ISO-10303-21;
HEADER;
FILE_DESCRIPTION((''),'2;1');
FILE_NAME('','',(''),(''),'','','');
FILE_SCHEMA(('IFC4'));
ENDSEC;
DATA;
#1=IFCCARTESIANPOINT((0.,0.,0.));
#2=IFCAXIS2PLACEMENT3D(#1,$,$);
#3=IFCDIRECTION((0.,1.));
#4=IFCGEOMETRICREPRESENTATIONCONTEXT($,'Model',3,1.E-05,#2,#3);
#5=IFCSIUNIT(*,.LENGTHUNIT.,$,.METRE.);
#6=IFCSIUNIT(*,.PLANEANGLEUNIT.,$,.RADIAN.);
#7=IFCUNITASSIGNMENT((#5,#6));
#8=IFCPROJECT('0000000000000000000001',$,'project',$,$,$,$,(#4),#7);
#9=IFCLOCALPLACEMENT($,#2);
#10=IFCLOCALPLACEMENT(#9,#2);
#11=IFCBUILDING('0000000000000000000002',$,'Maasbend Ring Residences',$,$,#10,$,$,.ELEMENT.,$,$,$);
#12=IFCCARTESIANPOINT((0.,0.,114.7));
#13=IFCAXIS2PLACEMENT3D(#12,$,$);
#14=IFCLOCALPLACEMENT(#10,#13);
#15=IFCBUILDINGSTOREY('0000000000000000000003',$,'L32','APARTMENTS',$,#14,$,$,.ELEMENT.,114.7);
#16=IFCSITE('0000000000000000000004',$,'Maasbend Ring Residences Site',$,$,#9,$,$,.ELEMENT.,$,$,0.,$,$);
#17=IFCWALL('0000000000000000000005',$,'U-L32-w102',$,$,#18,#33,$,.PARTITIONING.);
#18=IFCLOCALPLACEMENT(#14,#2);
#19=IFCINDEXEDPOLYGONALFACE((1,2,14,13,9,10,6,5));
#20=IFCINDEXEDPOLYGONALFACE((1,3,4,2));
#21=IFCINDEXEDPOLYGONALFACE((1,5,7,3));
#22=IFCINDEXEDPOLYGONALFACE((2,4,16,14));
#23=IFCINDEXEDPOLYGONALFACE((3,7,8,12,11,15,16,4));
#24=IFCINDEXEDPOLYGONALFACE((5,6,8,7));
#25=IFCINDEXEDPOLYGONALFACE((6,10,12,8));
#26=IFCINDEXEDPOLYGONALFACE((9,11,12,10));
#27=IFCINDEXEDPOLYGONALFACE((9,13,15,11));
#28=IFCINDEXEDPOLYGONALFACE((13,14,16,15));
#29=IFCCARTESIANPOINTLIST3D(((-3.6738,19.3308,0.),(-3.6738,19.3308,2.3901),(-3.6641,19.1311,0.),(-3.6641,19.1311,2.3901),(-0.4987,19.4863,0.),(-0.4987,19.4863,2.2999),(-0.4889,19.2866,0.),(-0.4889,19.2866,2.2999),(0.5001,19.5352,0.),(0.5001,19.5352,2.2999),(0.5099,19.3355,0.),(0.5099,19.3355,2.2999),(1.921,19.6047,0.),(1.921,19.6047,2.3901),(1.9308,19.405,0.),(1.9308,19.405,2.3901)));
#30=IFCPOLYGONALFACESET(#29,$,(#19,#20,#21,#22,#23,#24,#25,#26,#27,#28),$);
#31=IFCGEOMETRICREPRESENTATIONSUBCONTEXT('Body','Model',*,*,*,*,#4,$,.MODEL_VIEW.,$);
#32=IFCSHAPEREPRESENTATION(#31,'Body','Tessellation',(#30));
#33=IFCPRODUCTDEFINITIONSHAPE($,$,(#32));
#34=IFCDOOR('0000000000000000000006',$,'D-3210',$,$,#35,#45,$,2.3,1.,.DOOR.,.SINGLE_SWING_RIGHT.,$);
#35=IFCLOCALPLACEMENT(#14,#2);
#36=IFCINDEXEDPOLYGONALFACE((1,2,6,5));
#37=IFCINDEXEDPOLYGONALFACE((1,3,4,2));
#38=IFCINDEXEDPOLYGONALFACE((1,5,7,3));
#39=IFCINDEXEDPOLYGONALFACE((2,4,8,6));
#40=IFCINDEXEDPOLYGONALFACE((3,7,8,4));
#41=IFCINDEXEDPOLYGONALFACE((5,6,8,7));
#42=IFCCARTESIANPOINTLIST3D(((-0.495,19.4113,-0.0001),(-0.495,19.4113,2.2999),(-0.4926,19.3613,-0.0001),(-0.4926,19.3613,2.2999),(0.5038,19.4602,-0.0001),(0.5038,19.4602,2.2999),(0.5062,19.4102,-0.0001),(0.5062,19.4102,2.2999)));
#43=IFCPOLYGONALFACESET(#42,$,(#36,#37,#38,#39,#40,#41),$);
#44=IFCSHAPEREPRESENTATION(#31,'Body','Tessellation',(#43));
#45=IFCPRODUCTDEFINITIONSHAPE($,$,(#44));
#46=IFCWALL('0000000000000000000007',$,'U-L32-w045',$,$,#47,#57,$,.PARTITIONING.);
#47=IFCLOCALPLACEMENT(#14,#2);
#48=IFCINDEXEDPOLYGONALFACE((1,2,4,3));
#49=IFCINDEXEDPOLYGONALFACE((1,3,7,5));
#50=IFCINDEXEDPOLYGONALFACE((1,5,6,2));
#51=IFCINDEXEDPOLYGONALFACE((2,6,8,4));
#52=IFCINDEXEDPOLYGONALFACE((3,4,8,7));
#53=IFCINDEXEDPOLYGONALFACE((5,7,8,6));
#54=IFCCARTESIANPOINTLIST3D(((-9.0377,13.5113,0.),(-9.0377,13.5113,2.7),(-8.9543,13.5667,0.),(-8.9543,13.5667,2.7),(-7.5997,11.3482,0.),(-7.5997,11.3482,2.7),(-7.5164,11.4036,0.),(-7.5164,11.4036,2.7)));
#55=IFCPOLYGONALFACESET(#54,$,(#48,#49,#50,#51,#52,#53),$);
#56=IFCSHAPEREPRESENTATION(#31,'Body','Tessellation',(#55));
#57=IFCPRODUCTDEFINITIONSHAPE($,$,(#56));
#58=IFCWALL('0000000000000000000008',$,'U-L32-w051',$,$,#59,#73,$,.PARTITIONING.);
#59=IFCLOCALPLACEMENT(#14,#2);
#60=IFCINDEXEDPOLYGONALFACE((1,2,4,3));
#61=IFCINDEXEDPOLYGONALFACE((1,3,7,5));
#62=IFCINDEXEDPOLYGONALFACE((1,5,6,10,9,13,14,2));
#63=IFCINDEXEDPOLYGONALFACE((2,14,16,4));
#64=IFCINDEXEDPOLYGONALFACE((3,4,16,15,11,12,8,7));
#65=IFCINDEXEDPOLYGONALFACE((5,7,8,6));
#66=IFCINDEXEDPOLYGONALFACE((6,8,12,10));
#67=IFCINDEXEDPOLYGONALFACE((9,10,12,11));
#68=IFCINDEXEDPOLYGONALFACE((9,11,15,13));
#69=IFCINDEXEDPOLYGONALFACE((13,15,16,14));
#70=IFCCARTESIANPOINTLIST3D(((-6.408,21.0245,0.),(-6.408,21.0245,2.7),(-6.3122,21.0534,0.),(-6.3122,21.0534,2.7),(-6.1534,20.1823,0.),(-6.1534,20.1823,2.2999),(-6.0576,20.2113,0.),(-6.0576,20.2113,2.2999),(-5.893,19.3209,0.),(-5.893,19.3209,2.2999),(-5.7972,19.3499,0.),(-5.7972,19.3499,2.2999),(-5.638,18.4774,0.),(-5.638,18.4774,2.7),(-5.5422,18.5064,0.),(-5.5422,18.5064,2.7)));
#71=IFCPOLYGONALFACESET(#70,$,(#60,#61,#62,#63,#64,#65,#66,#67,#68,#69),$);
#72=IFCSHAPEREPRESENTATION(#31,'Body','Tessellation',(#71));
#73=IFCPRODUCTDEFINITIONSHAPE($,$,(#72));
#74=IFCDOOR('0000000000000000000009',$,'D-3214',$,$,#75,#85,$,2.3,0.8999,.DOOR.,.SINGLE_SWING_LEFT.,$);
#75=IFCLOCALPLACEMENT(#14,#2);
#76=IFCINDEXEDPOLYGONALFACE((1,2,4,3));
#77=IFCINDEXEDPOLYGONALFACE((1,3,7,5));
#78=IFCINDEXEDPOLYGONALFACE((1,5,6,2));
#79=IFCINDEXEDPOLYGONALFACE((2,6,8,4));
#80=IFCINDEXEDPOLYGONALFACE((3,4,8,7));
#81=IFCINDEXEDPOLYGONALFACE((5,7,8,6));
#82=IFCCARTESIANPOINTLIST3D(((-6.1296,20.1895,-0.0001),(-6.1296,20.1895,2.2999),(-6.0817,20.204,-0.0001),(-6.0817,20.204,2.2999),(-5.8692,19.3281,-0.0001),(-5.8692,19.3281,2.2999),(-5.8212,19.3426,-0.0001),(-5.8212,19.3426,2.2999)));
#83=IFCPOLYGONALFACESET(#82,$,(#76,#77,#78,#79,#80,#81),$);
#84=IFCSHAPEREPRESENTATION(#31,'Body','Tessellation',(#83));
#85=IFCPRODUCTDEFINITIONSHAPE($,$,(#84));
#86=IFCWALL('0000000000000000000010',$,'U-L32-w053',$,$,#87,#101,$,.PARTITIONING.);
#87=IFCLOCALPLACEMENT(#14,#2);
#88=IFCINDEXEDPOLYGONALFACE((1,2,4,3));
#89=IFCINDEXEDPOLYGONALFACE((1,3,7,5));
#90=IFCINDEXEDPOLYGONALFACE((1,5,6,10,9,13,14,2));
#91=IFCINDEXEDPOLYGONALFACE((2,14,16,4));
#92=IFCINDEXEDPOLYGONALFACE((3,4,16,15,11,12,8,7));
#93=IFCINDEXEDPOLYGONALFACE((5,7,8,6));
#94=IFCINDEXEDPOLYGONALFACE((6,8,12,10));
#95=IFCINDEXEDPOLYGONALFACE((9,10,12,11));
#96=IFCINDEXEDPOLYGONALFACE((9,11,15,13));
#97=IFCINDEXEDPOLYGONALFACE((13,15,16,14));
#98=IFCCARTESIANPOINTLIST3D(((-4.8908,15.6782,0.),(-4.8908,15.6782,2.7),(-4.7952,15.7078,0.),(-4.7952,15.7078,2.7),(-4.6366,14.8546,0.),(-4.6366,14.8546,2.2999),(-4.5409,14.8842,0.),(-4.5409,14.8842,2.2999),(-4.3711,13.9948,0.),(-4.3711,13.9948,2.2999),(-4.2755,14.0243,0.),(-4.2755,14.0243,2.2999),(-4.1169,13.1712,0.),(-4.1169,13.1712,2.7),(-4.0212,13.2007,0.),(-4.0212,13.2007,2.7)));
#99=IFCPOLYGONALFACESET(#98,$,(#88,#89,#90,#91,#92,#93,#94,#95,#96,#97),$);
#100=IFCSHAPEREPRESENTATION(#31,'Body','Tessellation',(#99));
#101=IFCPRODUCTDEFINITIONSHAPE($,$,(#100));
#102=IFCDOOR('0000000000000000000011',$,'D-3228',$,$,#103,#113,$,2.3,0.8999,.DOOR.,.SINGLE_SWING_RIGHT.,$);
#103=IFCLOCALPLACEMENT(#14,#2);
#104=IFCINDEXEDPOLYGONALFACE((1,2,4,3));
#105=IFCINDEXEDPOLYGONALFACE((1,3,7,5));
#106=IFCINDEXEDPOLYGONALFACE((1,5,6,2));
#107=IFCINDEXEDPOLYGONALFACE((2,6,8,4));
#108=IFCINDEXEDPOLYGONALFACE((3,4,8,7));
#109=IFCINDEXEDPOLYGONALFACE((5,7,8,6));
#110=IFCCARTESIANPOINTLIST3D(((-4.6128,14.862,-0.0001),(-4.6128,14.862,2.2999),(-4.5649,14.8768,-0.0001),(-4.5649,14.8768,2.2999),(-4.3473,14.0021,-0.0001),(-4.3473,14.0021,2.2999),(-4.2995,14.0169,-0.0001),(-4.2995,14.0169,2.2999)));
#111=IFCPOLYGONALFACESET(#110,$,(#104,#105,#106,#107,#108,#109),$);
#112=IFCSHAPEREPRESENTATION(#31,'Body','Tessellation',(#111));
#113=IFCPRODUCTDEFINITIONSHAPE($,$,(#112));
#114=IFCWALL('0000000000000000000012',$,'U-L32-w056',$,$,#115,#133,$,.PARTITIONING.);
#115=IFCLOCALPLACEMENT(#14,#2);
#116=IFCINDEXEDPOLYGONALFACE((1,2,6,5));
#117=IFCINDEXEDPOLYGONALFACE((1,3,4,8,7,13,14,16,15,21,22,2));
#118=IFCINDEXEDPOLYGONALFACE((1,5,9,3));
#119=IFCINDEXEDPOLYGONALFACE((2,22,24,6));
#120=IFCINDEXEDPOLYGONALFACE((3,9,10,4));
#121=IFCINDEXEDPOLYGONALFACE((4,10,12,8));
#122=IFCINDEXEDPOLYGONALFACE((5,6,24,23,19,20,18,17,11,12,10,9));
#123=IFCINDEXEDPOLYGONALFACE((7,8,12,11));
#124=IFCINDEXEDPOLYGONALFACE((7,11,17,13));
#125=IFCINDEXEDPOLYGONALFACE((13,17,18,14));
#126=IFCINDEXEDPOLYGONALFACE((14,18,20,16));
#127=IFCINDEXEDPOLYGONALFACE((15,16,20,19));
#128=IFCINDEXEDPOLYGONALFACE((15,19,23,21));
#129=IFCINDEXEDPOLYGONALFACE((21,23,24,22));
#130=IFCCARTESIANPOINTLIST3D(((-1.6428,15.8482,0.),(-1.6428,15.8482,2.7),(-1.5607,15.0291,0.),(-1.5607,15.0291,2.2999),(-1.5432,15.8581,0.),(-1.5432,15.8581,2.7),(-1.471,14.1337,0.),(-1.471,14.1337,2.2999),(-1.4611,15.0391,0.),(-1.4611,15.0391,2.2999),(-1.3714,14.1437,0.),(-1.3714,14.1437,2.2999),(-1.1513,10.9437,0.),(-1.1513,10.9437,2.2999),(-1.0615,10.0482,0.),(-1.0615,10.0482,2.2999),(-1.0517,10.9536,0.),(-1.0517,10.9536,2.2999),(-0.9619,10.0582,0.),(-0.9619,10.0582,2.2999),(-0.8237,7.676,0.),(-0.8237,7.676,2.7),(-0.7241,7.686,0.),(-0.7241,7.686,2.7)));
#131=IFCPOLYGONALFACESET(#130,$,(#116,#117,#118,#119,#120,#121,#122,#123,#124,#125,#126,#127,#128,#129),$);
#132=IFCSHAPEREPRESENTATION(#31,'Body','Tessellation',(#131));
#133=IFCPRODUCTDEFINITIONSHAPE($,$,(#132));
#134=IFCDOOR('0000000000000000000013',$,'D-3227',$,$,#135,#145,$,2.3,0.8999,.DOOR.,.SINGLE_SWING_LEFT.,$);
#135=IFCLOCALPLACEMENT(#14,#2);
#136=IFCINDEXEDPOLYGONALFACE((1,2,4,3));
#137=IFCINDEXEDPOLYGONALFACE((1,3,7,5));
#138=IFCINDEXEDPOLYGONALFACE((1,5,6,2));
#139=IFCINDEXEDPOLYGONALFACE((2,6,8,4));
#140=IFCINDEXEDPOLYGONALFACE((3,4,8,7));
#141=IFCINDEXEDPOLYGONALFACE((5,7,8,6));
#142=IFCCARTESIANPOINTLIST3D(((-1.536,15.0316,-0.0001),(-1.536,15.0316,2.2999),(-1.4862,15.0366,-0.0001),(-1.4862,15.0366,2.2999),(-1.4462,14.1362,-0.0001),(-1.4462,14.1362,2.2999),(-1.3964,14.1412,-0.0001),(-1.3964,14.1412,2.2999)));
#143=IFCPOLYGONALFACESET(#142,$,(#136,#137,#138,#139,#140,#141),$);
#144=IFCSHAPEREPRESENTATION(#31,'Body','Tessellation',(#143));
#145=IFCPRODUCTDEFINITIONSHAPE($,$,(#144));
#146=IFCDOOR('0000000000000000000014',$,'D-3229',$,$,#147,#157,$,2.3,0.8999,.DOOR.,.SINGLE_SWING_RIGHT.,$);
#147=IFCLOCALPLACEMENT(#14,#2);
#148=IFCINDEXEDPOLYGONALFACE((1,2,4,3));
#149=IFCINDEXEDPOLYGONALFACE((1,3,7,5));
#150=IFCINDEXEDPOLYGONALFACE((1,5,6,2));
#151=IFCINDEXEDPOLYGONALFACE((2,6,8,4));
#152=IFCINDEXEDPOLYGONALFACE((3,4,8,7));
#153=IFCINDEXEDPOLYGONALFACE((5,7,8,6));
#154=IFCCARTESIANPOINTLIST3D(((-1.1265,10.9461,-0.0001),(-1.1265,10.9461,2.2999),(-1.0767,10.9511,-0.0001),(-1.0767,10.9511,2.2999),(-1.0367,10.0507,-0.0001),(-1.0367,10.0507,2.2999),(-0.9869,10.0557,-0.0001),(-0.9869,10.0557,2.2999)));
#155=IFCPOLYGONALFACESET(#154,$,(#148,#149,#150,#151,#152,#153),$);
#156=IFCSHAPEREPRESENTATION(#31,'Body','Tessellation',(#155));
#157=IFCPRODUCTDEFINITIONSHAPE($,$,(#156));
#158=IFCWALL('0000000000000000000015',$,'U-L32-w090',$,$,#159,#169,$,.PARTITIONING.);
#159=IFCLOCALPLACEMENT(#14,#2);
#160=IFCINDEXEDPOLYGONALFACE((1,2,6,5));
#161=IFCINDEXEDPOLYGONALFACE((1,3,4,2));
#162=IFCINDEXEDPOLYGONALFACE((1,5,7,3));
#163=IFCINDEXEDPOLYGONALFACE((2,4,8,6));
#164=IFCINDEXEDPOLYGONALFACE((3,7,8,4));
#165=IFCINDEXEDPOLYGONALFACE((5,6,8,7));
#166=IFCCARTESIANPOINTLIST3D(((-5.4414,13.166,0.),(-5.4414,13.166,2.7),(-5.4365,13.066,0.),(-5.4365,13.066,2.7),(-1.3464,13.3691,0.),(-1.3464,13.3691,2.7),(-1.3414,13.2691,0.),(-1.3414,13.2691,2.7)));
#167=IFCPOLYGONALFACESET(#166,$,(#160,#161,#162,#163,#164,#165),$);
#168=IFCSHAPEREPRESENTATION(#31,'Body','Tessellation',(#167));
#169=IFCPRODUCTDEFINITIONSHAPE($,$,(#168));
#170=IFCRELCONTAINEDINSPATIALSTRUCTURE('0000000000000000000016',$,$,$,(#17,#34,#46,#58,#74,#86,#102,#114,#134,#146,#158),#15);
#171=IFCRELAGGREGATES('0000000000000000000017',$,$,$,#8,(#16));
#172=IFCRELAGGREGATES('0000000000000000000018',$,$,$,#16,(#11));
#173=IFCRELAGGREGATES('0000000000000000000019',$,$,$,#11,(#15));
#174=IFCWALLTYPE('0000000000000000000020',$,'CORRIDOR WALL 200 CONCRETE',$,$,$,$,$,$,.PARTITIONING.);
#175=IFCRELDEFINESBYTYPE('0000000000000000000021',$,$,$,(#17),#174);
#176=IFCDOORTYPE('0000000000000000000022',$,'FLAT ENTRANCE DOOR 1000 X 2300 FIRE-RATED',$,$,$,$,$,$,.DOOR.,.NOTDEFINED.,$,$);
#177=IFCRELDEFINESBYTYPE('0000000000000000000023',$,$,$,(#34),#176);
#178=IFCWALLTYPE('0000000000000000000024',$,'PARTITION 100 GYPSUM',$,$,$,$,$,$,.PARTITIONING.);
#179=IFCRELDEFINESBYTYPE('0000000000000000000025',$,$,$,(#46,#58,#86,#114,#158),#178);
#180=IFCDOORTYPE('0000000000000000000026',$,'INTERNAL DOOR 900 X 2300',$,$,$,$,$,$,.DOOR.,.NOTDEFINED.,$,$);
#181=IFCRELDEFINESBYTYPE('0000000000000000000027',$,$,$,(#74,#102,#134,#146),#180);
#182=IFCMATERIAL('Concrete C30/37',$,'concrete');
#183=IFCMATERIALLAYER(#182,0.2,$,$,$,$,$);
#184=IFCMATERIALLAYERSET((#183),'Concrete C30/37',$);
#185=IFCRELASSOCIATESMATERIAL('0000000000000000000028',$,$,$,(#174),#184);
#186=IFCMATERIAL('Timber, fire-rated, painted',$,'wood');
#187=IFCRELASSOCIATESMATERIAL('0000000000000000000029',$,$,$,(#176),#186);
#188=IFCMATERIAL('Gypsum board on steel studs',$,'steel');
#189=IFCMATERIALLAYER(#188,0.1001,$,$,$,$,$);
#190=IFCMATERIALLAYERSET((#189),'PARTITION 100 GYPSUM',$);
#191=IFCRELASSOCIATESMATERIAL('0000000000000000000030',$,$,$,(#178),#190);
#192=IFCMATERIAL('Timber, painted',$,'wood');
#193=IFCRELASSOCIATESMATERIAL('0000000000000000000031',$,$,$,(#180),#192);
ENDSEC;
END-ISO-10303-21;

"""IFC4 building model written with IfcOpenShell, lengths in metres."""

from ifc_helpers import new_model, si_unit, direction, frame, frame_2d, origin, place, context, subcontext, project, spatial, rectangle, extrude, material, layer, layer_set, type_object, element, fill, save


model = new_model("IFC4")

# Units and contexts
model_context = context("Model", 3, precision=1e-05, world=origin(), true_north=direction((0.0, 1.0)))
body_context = subcontext(model_context, "Body", "Model", "MODEL_VIEW")
ifc_project = project(units=[si_unit("LENGTHUNIT", "METRE"), si_unit("PLANEANGLEUNIT", "RADIAN")], contexts=[model_context])

# Site, building, storey
site_placement = place(None, origin())
site = spatial("IfcSite", under=ifc_project, at=site_placement, Name="Maasbend Ring Residences Site", CompositionType="ELEMENT", RefElevation=0.0)
building_placement = place(site_placement, origin())
building = spatial("IfcBuilding", under=site, at=building_placement, Name="Maasbend Ring Residences", CompositionType="ELEMENT")
storey_placement = place(building_placement, frame((0.0, 0.0, 114.7)))
storey = spatial("IfcBuildingStorey", under=building, at=storey_placement, Name="L32", Description="APARTMENTS", CompositionType="ELEMENT", Elevation=114.7)

# Wall, opening, door
ifc_material_1 = material(Name="Concrete C30/37", Category="concrete")
ifc_layer_1 = layer(ifc_material_1, 0.2)
ifc_layer_set_1 = layer_set([ifc_layer_1], Name="Concrete C30/37")
wall_type_1 = type_object("IfcWallType", Name="CORRIDOR WALL 200 CONCRETE", PredefinedType="PARTITIONING", material=ifc_layer_set_1)
ifc_material_2 = material(Name="Timber, fire-rated, painted", Category="wood")
door_type_1 = type_object("IfcDoorType", Name="FLAT ENTRANCE DOOR 1000 X 2300 FIRE-RATED", OperationType="NOTDEFINED", PredefinedType="DOOR", material=ifc_material_2)
wall_1_placement = place(storey_placement, frame((-3.6689, 19.231, 0.0), z_axis=(0.0, 0.0, 1.0), x_axis=(0.998804, 0.048901, 0.0)))
wall_1 = element("IfcWall", 1, at=wall_1_placement, inside=storey, type_object=wall_type_1, Name="U-L32-w102", PredefinedType="PARTITIONING", context=body_context, shape_type="SweptSolid", body=[
    extrude(rectangle(XDim=5.6016, YDim=0.2, at=frame_2d((2.8008, 0.0))), origin(), (0.0, 0.0, 1.0), 2.3901),
])
opening_1_placement = place(wall_1_placement, frame((3.179, 0.0, 0.0)))
opening_1 = element("IfcOpeningElement", 2, at=opening_1_placement, cuts=wall_1, PredefinedType="OPENING", context=body_context, shape_type="SweptSolid", body=[
    extrude(rectangle(XDim=1.0, YDim=2.3, at=frame_2d((0.5, 1.1499))), frame((0.0, 0.1099, 0.0), z_axis=(0.0, -1.0, 0.0), x_axis=(1.0, 0.0, 0.0)), (0.0, 0.0, 1.0), 0.22),
])
door_1_placement = place(opening_1_placement, origin())
door_1 = element("IfcDoor", 3, at=door_1_placement, inside=storey, type_object=door_type_1, Name="D-3210", OperationType="SINGLE_SWING_RIGHT", OverallHeight=2.3, OverallWidth=1.0, PredefinedType="DOOR", context=body_context, shape_type="SweptSolid", body=[
    extrude(rectangle(XDim=1.0, YDim=2.3, at=frame_2d((0.5, 1.1499))), frame((0.0, 0.0249, 0.0), z_axis=(0.0, -1.0, 0.0), x_axis=(1.0, 0.0, 0.0)), (0.0, 0.0, 1.0), 0.05),
])
fill(opening_1, door_1)

# Wall
ifc_material_3 = material(Name="Gypsum board on steel studs", Category="steel")
ifc_layer_2 = layer(ifc_material_3, 0.1001)
ifc_layer_set_2 = layer_set([ifc_layer_2], Name="PARTITION 100 GYPSUM")
wall_type_2 = type_object("IfcWallType", Name="PARTITION 100 GYPSUM", PredefinedType="PARTITIONING", material=ifc_layer_set_2)
wall_2_placement = place(storey_placement, frame((-8.9961, 13.5391, 0.0), z_axis=(0.0, 0.0, 1.0), x_axis=(0.553615, -0.832773, 0.0)))
element("IfcWall", 4, at=wall_2_placement, inside=storey, type_object=wall_type_2, Name="U-L32-w045", PredefinedType="PARTITIONING", context=body_context, shape_type="SweptSolid", body=[
    extrude(rectangle(XDim=2.5974, YDim=0.1001, at=frame_2d((1.2988, 0.0))), origin(), (0.0, 0.0, 1.0), 2.7),
])

# Walls, openings, doors
wall_3_placement = place(storey_placement, frame((-6.3601, 21.0391, 0.0), z_axis=(0.0, 0.0, 1.0), x_axis=(0.289376, -0.957216, 0.0)))
wall_3 = element("IfcWall", 5, at=wall_3_placement, inside=storey, type_object=wall_type_2, Name="U-L32-w051", PredefinedType="PARTITIONING", context=body_context, shape_type="SweptSolid", body=[
    extrude(rectangle(XDim=2.6609, YDim=0.1001, at=frame_2d((1.3306, 0.0))), origin(), (0.0, 0.0, 1.0), 2.7),
])
opening_2_placement = place(wall_3_placement, frame((0.8799, 0.0, 0.0)))
opening_2 = element("IfcOpeningElement", 6, at=opening_2_placement, cuts=wall_3, PredefinedType="OPENING", context=body_context, shape_type="SweptSolid", body=[
    extrude(rectangle(XDim=0.8999, YDim=2.3, at=frame_2d((0.45, 1.1499))), frame((0.0, 0.0601, 0.0), z_axis=(0.0, -1.0, 0.0), x_axis=(1.0, 0.0, 0.0)), (0.0, 0.0, 1.0), 0.1201),
])
ifc_material_4 = material(Name="Timber, painted", Category="wood")
door_type_2 = type_object("IfcDoorType", Name="INTERNAL DOOR 900 X 2300", OperationType="NOTDEFINED", PredefinedType="DOOR", material=ifc_material_4)
door_2_placement = place(opening_2_placement, origin())
door_2 = element("IfcDoor", 7, at=door_2_placement, inside=storey, type_object=door_type_2, Name="D-3214", OperationType="SINGLE_SWING_LEFT", OverallHeight=2.3, OverallWidth=0.8999, PredefinedType="DOOR", context=body_context, shape_type="SweptSolid", body=[
    extrude(rectangle(XDim=0.8999, YDim=2.3, at=frame_2d((0.45, 1.1499))), frame((0.0, 0.0249, 0.0), z_axis=(0.0, -1.0, 0.0), x_axis=(1.0, 0.0, 0.0)), (0.0, 0.0, 1.0), 0.05),
])
fill(opening_2, door_2)
wall_4_placement = place(storey_placement, frame((-4.843, 15.6931, 0.0), z_axis=(0.0, 0.0, 1.0), x_axis=(0.294962, -0.955509, 0.0)))
wall_4 = element("IfcWall", 8, at=wall_4_placement, inside=storey, type_object=wall_type_2, Name="U-L32-w053", PredefinedType="PARTITIONING", context=body_context, shape_type="SweptSolid", body=[
    extrude(rectangle(XDim=2.6238, YDim=0.1001, at=frame_2d((1.312, 0.0))), origin(), (0.0, 0.0, 1.0), 2.7),
])
opening_3_placement = place(wall_4_placement, frame((0.8621, 0.0, 0.0)))
opening_3 = element("IfcOpeningElement", 9, at=opening_3_placement, cuts=wall_4, PredefinedType="OPENING", context=body_context, shape_type="SweptSolid", body=[
    extrude(rectangle(XDim=0.8999, YDim=2.3, at=frame_2d((0.45, 1.1499))), frame((0.0, 0.0601, 0.0), z_axis=(0.0, -1.0, 0.0), x_axis=(1.0, 0.0, 0.0)), (0.0, 0.0, 1.0), 0.1201),
])
door_3_placement = place(opening_3_placement, origin())
door_3 = element("IfcDoor", 10, at=door_3_placement, inside=storey, type_object=door_type_2, Name="D-3228", OperationType="SINGLE_SWING_RIGHT", OverallHeight=2.3, OverallWidth=0.8999, PredefinedType="DOOR", context=body_context, shape_type="SweptSolid", body=[
    extrude(rectangle(XDim=0.8999, YDim=2.3, at=frame_2d((0.45, 1.1499))), frame((0.0, 0.0249, 0.0), z_axis=(0.0, -1.0, 0.0), x_axis=(1.0, 0.0, 0.0)), (0.0, 0.0, 1.0), 0.05),
])
fill(opening_3, door_3)

# Wall, openings, doors
wall_5_placement = place(storey_placement, frame((-1.593, 15.853, 0.0), z_axis=(0.0, 0.0, 1.0), x_axis=(0.09973, -0.995015, 0.0)))
wall_5 = element("IfcWall", 11, at=wall_5_placement, inside=storey, type_object=wall_type_2, Name="U-L32-w056", PredefinedType="PARTITIONING", context=body_context, shape_type="SweptSolid", body=[
    extrude(rectangle(XDim=8.2131, YDim=0.1001, at=frame_2d((4.1064, 0.0))), origin(), (0.0, 0.0, 1.0), 2.7),
])
opening_4_placement = place(wall_5_placement, frame((0.823, 0.0, 0.0)))
opening_4 = element("IfcOpeningElement", 12, at=opening_4_placement, cuts=wall_5, PredefinedType="OPENING", context=body_context, shape_type="SweptSolid", body=[
    extrude(rectangle(XDim=0.8999, YDim=2.3, at=frame_2d((0.45, 1.1499))), frame((0.0, 0.0601, 0.0), z_axis=(0.0, -1.0, 0.0), x_axis=(1.0, 0.0, 0.0)), (0.0, 0.0, 1.0), 0.1201),
])
opening_5_placement = place(wall_5_placement, frame((4.929, 0.0, 0.0)))
opening_5 = element("IfcOpeningElement", 13, at=opening_5_placement, cuts=wall_5, PredefinedType="OPENING", context=body_context, shape_type="SweptSolid", body=[
    extrude(rectangle(XDim=0.8999, YDim=2.3, at=frame_2d((0.45, 1.1499))), frame((0.0, 0.0601, 0.0), z_axis=(0.0, -1.0, 0.0), x_axis=(1.0, 0.0, 0.0)), (0.0, 0.0, 1.0), 0.1201),
])
door_4_placement = place(opening_4_placement, origin())
door_4 = element("IfcDoor", 14, at=door_4_placement, inside=storey, type_object=door_type_2, Name="D-3227", OperationType="SINGLE_SWING_LEFT", OverallHeight=2.3, OverallWidth=0.8999, PredefinedType="DOOR", context=body_context, shape_type="SweptSolid", body=[
    extrude(rectangle(XDim=0.8999, YDim=2.3, at=frame_2d((0.45, 1.1499))), frame((0.0, 0.0249, 0.0), z_axis=(0.0, -1.0, 0.0), x_axis=(1.0, 0.0, 0.0)), (0.0, 0.0, 1.0), 0.05),
])
fill(opening_4, door_4)
door_5_placement = place(opening_5_placement, origin())
door_5 = element("IfcDoor", 15, at=door_5_placement, inside=storey, type_object=door_type_2, Name="D-3229", OperationType="SINGLE_SWING_RIGHT", OverallHeight=2.3, OverallWidth=0.8999, PredefinedType="DOOR", context=body_context, shape_type="SweptSolid", body=[
    extrude(rectangle(XDim=0.8999, YDim=2.3, at=frame_2d((0.45, 1.1499))), frame((0.0, 0.0249, 0.0), z_axis=(0.0, -1.0, 0.0), x_axis=(1.0, 0.0, 0.0)), (0.0, 0.0, 1.0), 0.05),
])
fill(opening_5, door_5)

# Wall
wall_6_placement = place(storey_placement, frame((-5.439, 13.116, 0.0), z_axis=(0.0, 0.0, 1.0), x_axis=(0.998772, 0.049543, 0.0)))
element("IfcWall", 16, at=wall_6_placement, inside=storey, type_object=wall_type_2, Name="U-L32-w090", PredefinedType="PARTITIONING", context=body_context, shape_type="SweptSolid", body=[
    extrude(rectangle(XDim=4.1001, YDim=0.1001, at=frame_2d((2.05, 0.0))), origin(), (0.0, 0.0, 1.0), 2.7),
])

save(model, "model.ifc")
